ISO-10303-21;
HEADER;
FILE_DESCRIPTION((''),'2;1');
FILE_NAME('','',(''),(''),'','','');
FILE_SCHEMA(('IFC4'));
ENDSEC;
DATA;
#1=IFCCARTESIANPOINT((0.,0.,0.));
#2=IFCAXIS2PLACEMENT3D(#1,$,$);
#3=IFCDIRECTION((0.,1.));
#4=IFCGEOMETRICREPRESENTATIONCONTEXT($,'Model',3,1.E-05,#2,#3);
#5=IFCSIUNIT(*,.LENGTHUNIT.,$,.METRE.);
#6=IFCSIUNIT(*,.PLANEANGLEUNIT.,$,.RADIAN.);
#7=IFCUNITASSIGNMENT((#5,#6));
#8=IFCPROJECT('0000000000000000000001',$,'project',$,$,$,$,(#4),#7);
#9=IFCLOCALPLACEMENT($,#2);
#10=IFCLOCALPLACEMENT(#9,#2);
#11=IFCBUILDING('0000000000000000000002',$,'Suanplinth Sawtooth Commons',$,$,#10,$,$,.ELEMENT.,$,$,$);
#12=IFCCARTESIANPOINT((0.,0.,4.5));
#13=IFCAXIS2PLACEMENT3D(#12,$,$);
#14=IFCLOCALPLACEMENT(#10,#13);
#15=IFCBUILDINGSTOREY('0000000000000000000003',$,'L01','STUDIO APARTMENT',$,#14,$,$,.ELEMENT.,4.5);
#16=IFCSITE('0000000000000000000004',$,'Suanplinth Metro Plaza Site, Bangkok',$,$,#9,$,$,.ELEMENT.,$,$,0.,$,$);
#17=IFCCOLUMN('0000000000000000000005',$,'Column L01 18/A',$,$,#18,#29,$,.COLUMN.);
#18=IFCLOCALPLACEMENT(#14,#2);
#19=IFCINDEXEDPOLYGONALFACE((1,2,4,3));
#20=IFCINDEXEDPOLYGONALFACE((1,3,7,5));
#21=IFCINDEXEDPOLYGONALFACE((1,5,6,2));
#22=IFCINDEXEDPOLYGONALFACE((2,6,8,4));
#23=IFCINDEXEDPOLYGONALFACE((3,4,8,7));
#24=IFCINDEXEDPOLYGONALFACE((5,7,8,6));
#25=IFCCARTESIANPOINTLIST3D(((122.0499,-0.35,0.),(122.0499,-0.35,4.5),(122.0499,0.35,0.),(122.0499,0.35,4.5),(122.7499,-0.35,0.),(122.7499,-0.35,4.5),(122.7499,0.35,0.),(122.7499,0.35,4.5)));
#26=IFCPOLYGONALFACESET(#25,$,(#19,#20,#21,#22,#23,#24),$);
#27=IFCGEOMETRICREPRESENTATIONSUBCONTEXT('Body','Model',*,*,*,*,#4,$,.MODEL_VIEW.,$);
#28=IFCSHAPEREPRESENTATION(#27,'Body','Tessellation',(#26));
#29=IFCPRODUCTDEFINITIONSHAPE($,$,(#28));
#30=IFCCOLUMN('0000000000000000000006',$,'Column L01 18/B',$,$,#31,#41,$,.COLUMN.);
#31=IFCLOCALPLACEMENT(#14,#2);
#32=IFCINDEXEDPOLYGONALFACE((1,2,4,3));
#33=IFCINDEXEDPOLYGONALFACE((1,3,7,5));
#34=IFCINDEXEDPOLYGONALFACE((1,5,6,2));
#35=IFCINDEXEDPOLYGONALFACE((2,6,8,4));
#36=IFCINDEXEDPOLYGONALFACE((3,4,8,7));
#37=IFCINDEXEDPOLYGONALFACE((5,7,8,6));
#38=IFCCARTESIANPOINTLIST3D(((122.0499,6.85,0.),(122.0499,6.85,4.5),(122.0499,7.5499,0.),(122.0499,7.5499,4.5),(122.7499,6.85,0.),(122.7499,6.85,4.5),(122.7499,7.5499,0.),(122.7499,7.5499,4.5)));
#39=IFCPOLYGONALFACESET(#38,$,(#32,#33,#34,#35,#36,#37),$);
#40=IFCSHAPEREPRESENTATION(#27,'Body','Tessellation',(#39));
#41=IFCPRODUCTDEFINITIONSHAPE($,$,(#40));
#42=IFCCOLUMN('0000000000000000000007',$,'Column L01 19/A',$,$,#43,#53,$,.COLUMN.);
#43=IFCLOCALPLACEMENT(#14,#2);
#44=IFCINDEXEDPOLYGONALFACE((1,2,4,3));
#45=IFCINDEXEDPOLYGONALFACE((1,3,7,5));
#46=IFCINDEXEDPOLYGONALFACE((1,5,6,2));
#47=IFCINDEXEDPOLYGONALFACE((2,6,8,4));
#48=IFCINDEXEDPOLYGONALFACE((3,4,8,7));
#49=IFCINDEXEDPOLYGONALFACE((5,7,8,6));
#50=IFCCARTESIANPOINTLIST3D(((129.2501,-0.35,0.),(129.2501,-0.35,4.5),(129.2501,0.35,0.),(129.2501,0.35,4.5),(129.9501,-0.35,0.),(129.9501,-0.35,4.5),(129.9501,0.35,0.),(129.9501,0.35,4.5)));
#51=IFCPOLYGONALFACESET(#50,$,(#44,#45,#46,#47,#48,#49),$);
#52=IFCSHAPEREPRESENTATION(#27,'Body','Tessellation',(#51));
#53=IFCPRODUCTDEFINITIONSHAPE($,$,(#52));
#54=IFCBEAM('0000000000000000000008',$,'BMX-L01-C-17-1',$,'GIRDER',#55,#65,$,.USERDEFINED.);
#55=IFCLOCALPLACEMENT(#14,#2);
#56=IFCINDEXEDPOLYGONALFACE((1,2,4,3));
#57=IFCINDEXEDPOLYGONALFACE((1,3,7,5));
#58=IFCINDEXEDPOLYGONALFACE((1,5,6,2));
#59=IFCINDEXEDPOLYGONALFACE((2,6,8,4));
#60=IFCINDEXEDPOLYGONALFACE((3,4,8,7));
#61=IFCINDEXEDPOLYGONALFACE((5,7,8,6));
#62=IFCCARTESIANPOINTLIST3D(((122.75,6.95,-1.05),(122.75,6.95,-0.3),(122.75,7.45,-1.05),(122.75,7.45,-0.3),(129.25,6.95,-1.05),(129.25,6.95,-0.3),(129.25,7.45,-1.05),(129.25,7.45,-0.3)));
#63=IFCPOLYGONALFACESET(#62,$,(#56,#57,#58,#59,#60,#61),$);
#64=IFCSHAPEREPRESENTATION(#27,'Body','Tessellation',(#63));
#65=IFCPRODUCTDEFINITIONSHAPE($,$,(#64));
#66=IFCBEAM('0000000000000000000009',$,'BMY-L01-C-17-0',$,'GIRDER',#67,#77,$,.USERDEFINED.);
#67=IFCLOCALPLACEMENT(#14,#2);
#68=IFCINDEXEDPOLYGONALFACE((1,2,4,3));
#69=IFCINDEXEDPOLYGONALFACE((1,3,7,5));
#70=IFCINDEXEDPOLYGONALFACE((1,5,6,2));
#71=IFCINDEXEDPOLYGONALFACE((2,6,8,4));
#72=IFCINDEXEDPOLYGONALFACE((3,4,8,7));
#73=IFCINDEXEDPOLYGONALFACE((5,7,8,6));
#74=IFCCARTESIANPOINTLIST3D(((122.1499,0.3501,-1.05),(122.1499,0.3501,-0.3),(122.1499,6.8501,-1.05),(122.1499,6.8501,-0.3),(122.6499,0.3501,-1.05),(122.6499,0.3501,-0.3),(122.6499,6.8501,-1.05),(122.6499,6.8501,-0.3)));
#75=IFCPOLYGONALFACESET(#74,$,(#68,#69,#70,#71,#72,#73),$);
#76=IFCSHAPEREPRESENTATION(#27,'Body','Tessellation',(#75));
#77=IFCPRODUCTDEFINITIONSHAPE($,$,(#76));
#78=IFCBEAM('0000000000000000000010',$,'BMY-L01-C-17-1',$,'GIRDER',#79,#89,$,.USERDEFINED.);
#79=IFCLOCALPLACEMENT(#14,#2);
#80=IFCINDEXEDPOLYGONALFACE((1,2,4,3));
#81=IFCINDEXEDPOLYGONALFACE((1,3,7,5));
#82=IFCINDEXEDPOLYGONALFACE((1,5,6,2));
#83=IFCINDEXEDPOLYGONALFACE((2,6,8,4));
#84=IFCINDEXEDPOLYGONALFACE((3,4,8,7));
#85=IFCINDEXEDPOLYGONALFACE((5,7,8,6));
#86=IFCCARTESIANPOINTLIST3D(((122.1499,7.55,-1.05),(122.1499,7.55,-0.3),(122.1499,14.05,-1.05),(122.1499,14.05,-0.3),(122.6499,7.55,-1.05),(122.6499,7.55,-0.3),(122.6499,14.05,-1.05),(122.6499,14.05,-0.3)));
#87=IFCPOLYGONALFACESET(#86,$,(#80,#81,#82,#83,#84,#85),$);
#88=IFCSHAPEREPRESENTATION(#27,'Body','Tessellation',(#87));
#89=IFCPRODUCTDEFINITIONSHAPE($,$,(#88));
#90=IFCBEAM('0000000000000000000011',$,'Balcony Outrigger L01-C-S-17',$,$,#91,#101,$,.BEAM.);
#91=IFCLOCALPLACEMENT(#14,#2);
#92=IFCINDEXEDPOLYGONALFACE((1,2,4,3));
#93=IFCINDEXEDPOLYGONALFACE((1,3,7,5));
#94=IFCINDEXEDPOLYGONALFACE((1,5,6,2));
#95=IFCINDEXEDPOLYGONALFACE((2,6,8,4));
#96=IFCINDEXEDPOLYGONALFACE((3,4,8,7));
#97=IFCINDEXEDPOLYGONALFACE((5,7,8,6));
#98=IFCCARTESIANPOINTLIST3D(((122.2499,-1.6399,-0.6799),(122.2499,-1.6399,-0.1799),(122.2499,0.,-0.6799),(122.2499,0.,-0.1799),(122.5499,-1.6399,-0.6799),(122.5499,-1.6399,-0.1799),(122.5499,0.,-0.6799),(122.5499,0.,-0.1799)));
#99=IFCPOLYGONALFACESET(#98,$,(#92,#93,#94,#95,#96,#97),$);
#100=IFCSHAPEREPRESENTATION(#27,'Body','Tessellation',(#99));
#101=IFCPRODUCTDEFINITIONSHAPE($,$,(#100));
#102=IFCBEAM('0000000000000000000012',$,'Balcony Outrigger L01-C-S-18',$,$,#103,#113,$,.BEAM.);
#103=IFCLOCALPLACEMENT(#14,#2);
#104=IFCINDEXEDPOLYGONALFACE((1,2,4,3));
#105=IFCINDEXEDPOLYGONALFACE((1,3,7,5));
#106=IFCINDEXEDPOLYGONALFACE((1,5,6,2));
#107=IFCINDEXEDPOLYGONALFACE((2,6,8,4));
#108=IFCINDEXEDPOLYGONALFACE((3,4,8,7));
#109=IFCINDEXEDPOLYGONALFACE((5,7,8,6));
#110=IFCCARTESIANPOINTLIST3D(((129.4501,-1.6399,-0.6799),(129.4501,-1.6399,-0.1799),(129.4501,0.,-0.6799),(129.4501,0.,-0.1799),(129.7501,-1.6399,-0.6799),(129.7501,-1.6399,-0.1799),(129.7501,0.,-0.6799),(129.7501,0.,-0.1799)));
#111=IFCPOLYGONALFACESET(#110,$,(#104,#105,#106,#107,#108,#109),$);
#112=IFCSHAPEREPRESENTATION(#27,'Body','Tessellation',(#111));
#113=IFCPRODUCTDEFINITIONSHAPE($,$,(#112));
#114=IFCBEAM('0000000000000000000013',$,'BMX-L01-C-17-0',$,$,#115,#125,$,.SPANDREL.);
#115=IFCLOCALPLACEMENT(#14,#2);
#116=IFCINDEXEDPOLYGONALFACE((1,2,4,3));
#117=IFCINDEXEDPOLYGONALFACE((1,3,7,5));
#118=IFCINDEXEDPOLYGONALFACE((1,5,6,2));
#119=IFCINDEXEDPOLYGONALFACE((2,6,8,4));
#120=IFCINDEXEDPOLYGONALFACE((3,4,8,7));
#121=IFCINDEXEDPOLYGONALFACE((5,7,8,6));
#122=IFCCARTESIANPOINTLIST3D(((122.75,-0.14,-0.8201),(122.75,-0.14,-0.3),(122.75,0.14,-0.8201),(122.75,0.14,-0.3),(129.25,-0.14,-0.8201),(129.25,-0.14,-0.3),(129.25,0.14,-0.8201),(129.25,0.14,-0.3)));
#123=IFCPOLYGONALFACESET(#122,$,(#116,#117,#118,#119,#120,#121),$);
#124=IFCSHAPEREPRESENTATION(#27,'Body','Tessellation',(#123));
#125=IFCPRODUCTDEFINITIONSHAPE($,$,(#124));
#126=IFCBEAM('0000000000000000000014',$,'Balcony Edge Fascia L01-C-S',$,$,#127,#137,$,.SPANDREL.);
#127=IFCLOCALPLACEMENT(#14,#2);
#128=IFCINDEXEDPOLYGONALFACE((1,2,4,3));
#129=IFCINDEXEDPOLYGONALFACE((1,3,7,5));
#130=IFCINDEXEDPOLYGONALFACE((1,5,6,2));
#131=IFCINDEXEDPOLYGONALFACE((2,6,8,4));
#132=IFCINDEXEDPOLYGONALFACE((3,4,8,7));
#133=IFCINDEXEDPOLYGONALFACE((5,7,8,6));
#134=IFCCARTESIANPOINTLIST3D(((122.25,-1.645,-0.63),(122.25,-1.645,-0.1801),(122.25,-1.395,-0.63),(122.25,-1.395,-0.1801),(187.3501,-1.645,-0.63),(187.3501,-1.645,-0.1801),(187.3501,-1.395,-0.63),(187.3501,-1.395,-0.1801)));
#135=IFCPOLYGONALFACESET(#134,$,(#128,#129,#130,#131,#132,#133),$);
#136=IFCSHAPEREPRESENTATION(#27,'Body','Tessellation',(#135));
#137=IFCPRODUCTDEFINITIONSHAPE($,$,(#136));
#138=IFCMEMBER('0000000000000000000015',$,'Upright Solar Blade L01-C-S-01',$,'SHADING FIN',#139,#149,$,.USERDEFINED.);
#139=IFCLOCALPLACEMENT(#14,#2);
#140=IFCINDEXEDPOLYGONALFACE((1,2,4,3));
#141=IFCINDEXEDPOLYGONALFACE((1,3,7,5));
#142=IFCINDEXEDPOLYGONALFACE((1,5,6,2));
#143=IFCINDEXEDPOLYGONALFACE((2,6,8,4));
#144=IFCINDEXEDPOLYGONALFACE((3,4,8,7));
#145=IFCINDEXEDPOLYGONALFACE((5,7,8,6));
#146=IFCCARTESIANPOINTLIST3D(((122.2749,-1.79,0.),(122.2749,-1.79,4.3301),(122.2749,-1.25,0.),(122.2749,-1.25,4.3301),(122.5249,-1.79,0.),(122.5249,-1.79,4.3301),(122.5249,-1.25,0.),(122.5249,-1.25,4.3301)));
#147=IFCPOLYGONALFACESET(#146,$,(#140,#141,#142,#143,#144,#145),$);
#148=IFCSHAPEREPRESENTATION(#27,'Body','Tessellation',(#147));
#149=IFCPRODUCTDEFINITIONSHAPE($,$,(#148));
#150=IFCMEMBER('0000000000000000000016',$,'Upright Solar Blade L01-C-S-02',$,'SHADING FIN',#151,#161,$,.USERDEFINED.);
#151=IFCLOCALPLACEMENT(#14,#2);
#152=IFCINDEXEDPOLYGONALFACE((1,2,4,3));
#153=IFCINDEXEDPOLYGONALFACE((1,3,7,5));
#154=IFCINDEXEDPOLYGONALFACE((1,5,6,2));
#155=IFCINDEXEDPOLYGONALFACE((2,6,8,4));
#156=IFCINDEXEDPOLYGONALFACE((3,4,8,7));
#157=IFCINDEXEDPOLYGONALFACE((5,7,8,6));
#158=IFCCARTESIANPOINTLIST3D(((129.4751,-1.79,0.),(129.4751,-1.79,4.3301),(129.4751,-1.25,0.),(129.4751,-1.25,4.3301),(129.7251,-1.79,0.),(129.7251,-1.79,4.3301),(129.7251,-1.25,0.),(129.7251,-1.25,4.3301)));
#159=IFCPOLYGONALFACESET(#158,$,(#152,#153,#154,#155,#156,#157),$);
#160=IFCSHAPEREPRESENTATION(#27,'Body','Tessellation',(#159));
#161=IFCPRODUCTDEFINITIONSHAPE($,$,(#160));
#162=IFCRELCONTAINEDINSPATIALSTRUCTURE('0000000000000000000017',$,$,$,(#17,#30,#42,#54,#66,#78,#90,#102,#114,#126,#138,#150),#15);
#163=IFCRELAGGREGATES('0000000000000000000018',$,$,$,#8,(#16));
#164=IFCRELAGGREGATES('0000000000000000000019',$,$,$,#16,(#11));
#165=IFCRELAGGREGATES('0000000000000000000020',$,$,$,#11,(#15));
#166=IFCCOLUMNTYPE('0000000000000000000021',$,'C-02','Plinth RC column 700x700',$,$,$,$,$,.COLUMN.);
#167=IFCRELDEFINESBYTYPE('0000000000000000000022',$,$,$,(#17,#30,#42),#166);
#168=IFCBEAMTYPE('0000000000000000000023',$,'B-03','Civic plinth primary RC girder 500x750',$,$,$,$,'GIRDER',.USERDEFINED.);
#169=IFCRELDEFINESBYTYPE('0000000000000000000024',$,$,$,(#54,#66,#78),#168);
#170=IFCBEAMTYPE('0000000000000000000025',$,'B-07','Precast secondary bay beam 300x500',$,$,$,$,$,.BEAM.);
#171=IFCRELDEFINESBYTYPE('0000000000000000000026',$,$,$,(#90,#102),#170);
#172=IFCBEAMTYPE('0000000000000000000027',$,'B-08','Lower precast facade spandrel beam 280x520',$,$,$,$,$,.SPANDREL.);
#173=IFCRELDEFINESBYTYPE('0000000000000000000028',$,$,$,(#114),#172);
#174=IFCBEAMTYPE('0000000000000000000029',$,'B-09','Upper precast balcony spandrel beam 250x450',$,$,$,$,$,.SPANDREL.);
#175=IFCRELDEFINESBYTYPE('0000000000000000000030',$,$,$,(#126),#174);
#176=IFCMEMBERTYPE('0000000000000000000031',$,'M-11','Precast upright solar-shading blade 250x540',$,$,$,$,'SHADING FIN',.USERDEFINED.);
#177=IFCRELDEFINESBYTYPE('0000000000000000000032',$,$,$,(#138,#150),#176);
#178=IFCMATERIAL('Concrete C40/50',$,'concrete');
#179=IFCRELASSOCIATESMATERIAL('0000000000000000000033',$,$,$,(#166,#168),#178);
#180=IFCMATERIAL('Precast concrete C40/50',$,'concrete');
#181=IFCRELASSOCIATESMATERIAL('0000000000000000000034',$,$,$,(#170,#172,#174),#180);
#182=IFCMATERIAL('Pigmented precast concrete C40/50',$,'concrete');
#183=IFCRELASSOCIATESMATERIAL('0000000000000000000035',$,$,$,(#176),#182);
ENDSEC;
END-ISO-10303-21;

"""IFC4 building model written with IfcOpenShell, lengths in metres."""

from ifc_helpers import new_model, si_unit, direction, frame, origin, origin_2d, place, context, subcontext, project, spatial, rectangle, extrude, material, material_profile, profile_set, type_object, element, save


model = new_model("IFC4")

# Units and contexts
model_context = context("Model", 3, precision=1e-05, world=origin(), true_north=direction((0.0, 1.0)))
body_context = subcontext(model_context, "Body", "Model", "MODEL_VIEW")
ifc_project = project(units=[si_unit("LENGTHUNIT", "METRE"), si_unit("PLANEANGLEUNIT", "RADIAN")], contexts=[model_context])

# Site, building, storey
site_placement = place(None, origin())
site = spatial("IfcSite", under=ifc_project, at=site_placement, Name="Suanplinth Metro Plaza Site, Bangkok", CompositionType="ELEMENT", RefElevation=0.0)
building_placement = place(site_placement, origin())
building = spatial("IfcBuilding", under=site, at=building_placement, Name="Suanplinth Sawtooth Commons", CompositionType="ELEMENT")
storey_placement = place(building_placement, frame((0.0, 0.0, 4.5)))
storey = spatial("IfcBuildingStorey", under=building, at=storey_placement, Name="L01", Description="STUDIO APARTMENT", CompositionType="ELEMENT", Elevation=4.5)

# Columns
ifc_material_1 = material(Name="Concrete C40/50", Category="concrete")
ifc_material_profile_1 = material_profile(ifc_material_1, rectangle(XDim=0.7, YDim=0.7, at=origin_2d()), Name="RC-COL 700x700")
ifc_profile_set_1 = profile_set([ifc_material_profile_1], Name="Concrete C40/50")
column_type = type_object("IfcColumnType", Name="C-02", Description="Plinth RC column 700x700", PredefinedType="COLUMN", material=ifc_profile_set_1)
for number, where, z_axis, x_axis, name in (
    (1, (122.3999, 0.0, 0.0), (0.0, 0.0, 1.0), (1.0, 0.0, 0.0), "Column L01 18/A"),
    (2, (122.3999, 7.2, 0.0), (0.0, 0.0, 1.0), (1.0, 0.0, 0.0), "Column L01 18/B"),
    (3, (129.6001, 0.0, 0.0), (0.0, 0.0, 1.0), (1.0, 0.0, 0.0), "Column L01 19/A"),
):
    element("IfcColumn", number, at=place(storey_placement, frame(where, z_axis=z_axis, x_axis=x_axis)), inside=storey, type_object=column_type, Name=name, PredefinedType="COLUMN", context=body_context, shape_type="SweptSolid", body=[
        extrude(rectangle(XDim=0.7, YDim=0.7, at=origin_2d()), origin(), (0.0, 0.0, 1.0), 4.5),
    ])

# Beams
ifc_material_profile_2 = material_profile(ifc_material_1, rectangle(XDim=0.5, YDim=0.75, at=origin_2d()), Name="RC-GDR 500x750")
ifc_profile_set_2 = profile_set([ifc_material_profile_2], Name="Concrete C40/50")
beam_type_1 = type_object("IfcBeamType", Name="B-03", Description="Civic plinth primary RC girder 500x750", ElementType="GIRDER", PredefinedType="USERDEFINED", material=ifc_profile_set_2)
for number, where, z_axis, x_axis, name in (
    (4, (122.75, 7.2, -0.675), (1.0, 0.0, 0.0), (0.0, 1.0, 0.0), "BMX-L01-C-17-1"),
    (5, (122.3999, 0.3501, -0.675), (0.0, 1.0, 0.0), (-1.0, 0.0, 0.0), "BMY-L01-C-17-0"),
    (6, (122.3999, 7.55, -0.675), (0.0, 1.0, 0.0), (-1.0, 0.0, 0.0), "BMY-L01-C-17-1"),
):
    element("IfcBeam", number, at=place(storey_placement, frame(where, z_axis=z_axis, x_axis=x_axis)), inside=storey, type_object=beam_type_1, Name=name, ObjectType="GIRDER", PredefinedType="USERDEFINED", context=body_context, shape_type="SweptSolid", body=[
        extrude(rectangle(XDim=0.5, YDim=0.75, at=origin_2d()), origin(), (0.0, 0.0, 1.0), 6.5),
    ])
ifc_material_2 = material(Name="Precast concrete C40/50", Category="concrete")
ifc_material_profile_3 = material_profile(ifc_material_2, rectangle(XDim=0.3, YDim=0.5, at=origin_2d()), Name="PC-BM 300x500")
ifc_profile_set_3 = profile_set([ifc_material_profile_3], Name="Precast concrete C40/50")
beam_type_2 = type_object("IfcBeamType", Name="B-07", Description="Precast secondary bay beam 300x500", PredefinedType="BEAM", material=ifc_profile_set_3)
for number, where, z_axis, x_axis, name in (
    (7, (122.3999, 0.0, -0.4299), (0.0, -1.0, 0.0), (1.0, 0.0, 0.0), "Balcony Outrigger L01-C-S-17"),
    (8, (129.6001, 0.0, -0.4299), (0.0, -1.0, 0.0), (1.0, 0.0, 0.0), "Balcony Outrigger L01-C-S-18"),
):
    element("IfcBeam", number, at=place(storey_placement, frame(where, z_axis=z_axis, x_axis=x_axis)), inside=storey, type_object=beam_type_2, Name=name, PredefinedType="BEAM", context=body_context, shape_type="SweptSolid", body=[
        extrude(rectangle(XDim=0.3, YDim=0.5, at=origin_2d()), origin(), (0.0, 0.0, 1.0), 1.6399),
    ])
ifc_material_profile_4 = material_profile(ifc_material_2, rectangle(XDim=0.28, YDim=0.52, at=origin_2d()), Name="PC-SP 280x520")
ifc_profile_set_4 = profile_set([ifc_material_profile_4], Name="Precast concrete C40/50")
beam_type_3 = type_object("IfcBeamType", Name="B-08", Description="Lower precast facade spandrel beam 280x520", PredefinedType="SPANDREL", material=ifc_profile_set_4)
beam_1_placement = place(storey_placement, frame((122.75, 0.0, -0.5601), z_axis=(1.0, 0.0, 0.0), x_axis=(0.0, 1.0, 0.0)))
element("IfcBeam", 9, at=beam_1_placement, inside=storey, type_object=beam_type_3, Name="BMX-L01-C-17-0", PredefinedType="SPANDREL", context=body_context, shape_type="SweptSolid", body=[
    extrude(rectangle(XDim=0.28, YDim=0.52, at=origin_2d()), origin(), (0.0, 0.0, 1.0), 6.5),
])
ifc_material_profile_5 = material_profile(ifc_material_2, rectangle(XDim=0.25, YDim=0.45, at=origin_2d()), Name="PC-SP 250x450")
ifc_profile_set_5 = profile_set([ifc_material_profile_5], Name="Precast concrete C40/50")
beam_type_4 = type_object("IfcBeamType", Name="B-09", Description="Upper precast balcony spandrel beam 250x450", PredefinedType="SPANDREL", material=ifc_profile_set_5)
beam_2_placement = place(storey_placement, frame((122.25, -1.52, -0.405), z_axis=(1.0, 0.0, 0.0), x_axis=(0.0, 1.0, 0.0)))
element("IfcBeam", 10, at=beam_2_placement, inside=storey, type_object=beam_type_4, Name="Balcony Edge Fascia L01-C-S", PredefinedType="SPANDREL", context=body_context, shape_type="SweptSolid", body=[
    extrude(rectangle(XDim=0.25, YDim=0.45, at=origin_2d()), origin(), (0.0, 0.0, 1.0), 65.1001),
])

# Members
ifc_material_3 = material(Name="Pigmented precast concrete C40/50", Category="concrete")
ifc_material_profile_6 = material_profile(ifc_material_3, rectangle(XDim=0.25, YDim=0.54, at=origin_2d()), Name="PC-FIN 250x540")
ifc_profile_set_6 = profile_set([ifc_material_profile_6], Name="Pigmented precast concrete C40/50")
member_type = type_object("IfcMemberType", Name="M-11", Description="Precast upright solar-shading blade 250x540", ElementType="SHADING FIN", PredefinedType="USERDEFINED", material=ifc_profile_set_6)
for number, where, z_axis, x_axis, name in (
    (11, (122.3999, -1.52, 0.0), (0.0, 0.0, 1.0), (1.0, 0.0, 0.0), "Upright Solar Blade L01-C-S-01"),
    (12, (129.6001, -1.52, 0.0), (0.0, 0.0, 1.0), (1.0, 0.0, 0.0), "Upright Solar Blade L01-C-S-02"),
):
    element("IfcMember", number, at=place(storey_placement, frame(where, z_axis=z_axis, x_axis=x_axis)), inside=storey, type_object=member_type, Name=name, ObjectType="SHADING FIN", PredefinedType="USERDEFINED", context=body_context, shape_type="SweptSolid", body=[
        extrude(rectangle(XDim=0.25, YDim=0.54, at=origin_2d()), origin(), (0.0, 0.0, 1.0), 4.3301),
    ])

save(model, "model.ifc")
